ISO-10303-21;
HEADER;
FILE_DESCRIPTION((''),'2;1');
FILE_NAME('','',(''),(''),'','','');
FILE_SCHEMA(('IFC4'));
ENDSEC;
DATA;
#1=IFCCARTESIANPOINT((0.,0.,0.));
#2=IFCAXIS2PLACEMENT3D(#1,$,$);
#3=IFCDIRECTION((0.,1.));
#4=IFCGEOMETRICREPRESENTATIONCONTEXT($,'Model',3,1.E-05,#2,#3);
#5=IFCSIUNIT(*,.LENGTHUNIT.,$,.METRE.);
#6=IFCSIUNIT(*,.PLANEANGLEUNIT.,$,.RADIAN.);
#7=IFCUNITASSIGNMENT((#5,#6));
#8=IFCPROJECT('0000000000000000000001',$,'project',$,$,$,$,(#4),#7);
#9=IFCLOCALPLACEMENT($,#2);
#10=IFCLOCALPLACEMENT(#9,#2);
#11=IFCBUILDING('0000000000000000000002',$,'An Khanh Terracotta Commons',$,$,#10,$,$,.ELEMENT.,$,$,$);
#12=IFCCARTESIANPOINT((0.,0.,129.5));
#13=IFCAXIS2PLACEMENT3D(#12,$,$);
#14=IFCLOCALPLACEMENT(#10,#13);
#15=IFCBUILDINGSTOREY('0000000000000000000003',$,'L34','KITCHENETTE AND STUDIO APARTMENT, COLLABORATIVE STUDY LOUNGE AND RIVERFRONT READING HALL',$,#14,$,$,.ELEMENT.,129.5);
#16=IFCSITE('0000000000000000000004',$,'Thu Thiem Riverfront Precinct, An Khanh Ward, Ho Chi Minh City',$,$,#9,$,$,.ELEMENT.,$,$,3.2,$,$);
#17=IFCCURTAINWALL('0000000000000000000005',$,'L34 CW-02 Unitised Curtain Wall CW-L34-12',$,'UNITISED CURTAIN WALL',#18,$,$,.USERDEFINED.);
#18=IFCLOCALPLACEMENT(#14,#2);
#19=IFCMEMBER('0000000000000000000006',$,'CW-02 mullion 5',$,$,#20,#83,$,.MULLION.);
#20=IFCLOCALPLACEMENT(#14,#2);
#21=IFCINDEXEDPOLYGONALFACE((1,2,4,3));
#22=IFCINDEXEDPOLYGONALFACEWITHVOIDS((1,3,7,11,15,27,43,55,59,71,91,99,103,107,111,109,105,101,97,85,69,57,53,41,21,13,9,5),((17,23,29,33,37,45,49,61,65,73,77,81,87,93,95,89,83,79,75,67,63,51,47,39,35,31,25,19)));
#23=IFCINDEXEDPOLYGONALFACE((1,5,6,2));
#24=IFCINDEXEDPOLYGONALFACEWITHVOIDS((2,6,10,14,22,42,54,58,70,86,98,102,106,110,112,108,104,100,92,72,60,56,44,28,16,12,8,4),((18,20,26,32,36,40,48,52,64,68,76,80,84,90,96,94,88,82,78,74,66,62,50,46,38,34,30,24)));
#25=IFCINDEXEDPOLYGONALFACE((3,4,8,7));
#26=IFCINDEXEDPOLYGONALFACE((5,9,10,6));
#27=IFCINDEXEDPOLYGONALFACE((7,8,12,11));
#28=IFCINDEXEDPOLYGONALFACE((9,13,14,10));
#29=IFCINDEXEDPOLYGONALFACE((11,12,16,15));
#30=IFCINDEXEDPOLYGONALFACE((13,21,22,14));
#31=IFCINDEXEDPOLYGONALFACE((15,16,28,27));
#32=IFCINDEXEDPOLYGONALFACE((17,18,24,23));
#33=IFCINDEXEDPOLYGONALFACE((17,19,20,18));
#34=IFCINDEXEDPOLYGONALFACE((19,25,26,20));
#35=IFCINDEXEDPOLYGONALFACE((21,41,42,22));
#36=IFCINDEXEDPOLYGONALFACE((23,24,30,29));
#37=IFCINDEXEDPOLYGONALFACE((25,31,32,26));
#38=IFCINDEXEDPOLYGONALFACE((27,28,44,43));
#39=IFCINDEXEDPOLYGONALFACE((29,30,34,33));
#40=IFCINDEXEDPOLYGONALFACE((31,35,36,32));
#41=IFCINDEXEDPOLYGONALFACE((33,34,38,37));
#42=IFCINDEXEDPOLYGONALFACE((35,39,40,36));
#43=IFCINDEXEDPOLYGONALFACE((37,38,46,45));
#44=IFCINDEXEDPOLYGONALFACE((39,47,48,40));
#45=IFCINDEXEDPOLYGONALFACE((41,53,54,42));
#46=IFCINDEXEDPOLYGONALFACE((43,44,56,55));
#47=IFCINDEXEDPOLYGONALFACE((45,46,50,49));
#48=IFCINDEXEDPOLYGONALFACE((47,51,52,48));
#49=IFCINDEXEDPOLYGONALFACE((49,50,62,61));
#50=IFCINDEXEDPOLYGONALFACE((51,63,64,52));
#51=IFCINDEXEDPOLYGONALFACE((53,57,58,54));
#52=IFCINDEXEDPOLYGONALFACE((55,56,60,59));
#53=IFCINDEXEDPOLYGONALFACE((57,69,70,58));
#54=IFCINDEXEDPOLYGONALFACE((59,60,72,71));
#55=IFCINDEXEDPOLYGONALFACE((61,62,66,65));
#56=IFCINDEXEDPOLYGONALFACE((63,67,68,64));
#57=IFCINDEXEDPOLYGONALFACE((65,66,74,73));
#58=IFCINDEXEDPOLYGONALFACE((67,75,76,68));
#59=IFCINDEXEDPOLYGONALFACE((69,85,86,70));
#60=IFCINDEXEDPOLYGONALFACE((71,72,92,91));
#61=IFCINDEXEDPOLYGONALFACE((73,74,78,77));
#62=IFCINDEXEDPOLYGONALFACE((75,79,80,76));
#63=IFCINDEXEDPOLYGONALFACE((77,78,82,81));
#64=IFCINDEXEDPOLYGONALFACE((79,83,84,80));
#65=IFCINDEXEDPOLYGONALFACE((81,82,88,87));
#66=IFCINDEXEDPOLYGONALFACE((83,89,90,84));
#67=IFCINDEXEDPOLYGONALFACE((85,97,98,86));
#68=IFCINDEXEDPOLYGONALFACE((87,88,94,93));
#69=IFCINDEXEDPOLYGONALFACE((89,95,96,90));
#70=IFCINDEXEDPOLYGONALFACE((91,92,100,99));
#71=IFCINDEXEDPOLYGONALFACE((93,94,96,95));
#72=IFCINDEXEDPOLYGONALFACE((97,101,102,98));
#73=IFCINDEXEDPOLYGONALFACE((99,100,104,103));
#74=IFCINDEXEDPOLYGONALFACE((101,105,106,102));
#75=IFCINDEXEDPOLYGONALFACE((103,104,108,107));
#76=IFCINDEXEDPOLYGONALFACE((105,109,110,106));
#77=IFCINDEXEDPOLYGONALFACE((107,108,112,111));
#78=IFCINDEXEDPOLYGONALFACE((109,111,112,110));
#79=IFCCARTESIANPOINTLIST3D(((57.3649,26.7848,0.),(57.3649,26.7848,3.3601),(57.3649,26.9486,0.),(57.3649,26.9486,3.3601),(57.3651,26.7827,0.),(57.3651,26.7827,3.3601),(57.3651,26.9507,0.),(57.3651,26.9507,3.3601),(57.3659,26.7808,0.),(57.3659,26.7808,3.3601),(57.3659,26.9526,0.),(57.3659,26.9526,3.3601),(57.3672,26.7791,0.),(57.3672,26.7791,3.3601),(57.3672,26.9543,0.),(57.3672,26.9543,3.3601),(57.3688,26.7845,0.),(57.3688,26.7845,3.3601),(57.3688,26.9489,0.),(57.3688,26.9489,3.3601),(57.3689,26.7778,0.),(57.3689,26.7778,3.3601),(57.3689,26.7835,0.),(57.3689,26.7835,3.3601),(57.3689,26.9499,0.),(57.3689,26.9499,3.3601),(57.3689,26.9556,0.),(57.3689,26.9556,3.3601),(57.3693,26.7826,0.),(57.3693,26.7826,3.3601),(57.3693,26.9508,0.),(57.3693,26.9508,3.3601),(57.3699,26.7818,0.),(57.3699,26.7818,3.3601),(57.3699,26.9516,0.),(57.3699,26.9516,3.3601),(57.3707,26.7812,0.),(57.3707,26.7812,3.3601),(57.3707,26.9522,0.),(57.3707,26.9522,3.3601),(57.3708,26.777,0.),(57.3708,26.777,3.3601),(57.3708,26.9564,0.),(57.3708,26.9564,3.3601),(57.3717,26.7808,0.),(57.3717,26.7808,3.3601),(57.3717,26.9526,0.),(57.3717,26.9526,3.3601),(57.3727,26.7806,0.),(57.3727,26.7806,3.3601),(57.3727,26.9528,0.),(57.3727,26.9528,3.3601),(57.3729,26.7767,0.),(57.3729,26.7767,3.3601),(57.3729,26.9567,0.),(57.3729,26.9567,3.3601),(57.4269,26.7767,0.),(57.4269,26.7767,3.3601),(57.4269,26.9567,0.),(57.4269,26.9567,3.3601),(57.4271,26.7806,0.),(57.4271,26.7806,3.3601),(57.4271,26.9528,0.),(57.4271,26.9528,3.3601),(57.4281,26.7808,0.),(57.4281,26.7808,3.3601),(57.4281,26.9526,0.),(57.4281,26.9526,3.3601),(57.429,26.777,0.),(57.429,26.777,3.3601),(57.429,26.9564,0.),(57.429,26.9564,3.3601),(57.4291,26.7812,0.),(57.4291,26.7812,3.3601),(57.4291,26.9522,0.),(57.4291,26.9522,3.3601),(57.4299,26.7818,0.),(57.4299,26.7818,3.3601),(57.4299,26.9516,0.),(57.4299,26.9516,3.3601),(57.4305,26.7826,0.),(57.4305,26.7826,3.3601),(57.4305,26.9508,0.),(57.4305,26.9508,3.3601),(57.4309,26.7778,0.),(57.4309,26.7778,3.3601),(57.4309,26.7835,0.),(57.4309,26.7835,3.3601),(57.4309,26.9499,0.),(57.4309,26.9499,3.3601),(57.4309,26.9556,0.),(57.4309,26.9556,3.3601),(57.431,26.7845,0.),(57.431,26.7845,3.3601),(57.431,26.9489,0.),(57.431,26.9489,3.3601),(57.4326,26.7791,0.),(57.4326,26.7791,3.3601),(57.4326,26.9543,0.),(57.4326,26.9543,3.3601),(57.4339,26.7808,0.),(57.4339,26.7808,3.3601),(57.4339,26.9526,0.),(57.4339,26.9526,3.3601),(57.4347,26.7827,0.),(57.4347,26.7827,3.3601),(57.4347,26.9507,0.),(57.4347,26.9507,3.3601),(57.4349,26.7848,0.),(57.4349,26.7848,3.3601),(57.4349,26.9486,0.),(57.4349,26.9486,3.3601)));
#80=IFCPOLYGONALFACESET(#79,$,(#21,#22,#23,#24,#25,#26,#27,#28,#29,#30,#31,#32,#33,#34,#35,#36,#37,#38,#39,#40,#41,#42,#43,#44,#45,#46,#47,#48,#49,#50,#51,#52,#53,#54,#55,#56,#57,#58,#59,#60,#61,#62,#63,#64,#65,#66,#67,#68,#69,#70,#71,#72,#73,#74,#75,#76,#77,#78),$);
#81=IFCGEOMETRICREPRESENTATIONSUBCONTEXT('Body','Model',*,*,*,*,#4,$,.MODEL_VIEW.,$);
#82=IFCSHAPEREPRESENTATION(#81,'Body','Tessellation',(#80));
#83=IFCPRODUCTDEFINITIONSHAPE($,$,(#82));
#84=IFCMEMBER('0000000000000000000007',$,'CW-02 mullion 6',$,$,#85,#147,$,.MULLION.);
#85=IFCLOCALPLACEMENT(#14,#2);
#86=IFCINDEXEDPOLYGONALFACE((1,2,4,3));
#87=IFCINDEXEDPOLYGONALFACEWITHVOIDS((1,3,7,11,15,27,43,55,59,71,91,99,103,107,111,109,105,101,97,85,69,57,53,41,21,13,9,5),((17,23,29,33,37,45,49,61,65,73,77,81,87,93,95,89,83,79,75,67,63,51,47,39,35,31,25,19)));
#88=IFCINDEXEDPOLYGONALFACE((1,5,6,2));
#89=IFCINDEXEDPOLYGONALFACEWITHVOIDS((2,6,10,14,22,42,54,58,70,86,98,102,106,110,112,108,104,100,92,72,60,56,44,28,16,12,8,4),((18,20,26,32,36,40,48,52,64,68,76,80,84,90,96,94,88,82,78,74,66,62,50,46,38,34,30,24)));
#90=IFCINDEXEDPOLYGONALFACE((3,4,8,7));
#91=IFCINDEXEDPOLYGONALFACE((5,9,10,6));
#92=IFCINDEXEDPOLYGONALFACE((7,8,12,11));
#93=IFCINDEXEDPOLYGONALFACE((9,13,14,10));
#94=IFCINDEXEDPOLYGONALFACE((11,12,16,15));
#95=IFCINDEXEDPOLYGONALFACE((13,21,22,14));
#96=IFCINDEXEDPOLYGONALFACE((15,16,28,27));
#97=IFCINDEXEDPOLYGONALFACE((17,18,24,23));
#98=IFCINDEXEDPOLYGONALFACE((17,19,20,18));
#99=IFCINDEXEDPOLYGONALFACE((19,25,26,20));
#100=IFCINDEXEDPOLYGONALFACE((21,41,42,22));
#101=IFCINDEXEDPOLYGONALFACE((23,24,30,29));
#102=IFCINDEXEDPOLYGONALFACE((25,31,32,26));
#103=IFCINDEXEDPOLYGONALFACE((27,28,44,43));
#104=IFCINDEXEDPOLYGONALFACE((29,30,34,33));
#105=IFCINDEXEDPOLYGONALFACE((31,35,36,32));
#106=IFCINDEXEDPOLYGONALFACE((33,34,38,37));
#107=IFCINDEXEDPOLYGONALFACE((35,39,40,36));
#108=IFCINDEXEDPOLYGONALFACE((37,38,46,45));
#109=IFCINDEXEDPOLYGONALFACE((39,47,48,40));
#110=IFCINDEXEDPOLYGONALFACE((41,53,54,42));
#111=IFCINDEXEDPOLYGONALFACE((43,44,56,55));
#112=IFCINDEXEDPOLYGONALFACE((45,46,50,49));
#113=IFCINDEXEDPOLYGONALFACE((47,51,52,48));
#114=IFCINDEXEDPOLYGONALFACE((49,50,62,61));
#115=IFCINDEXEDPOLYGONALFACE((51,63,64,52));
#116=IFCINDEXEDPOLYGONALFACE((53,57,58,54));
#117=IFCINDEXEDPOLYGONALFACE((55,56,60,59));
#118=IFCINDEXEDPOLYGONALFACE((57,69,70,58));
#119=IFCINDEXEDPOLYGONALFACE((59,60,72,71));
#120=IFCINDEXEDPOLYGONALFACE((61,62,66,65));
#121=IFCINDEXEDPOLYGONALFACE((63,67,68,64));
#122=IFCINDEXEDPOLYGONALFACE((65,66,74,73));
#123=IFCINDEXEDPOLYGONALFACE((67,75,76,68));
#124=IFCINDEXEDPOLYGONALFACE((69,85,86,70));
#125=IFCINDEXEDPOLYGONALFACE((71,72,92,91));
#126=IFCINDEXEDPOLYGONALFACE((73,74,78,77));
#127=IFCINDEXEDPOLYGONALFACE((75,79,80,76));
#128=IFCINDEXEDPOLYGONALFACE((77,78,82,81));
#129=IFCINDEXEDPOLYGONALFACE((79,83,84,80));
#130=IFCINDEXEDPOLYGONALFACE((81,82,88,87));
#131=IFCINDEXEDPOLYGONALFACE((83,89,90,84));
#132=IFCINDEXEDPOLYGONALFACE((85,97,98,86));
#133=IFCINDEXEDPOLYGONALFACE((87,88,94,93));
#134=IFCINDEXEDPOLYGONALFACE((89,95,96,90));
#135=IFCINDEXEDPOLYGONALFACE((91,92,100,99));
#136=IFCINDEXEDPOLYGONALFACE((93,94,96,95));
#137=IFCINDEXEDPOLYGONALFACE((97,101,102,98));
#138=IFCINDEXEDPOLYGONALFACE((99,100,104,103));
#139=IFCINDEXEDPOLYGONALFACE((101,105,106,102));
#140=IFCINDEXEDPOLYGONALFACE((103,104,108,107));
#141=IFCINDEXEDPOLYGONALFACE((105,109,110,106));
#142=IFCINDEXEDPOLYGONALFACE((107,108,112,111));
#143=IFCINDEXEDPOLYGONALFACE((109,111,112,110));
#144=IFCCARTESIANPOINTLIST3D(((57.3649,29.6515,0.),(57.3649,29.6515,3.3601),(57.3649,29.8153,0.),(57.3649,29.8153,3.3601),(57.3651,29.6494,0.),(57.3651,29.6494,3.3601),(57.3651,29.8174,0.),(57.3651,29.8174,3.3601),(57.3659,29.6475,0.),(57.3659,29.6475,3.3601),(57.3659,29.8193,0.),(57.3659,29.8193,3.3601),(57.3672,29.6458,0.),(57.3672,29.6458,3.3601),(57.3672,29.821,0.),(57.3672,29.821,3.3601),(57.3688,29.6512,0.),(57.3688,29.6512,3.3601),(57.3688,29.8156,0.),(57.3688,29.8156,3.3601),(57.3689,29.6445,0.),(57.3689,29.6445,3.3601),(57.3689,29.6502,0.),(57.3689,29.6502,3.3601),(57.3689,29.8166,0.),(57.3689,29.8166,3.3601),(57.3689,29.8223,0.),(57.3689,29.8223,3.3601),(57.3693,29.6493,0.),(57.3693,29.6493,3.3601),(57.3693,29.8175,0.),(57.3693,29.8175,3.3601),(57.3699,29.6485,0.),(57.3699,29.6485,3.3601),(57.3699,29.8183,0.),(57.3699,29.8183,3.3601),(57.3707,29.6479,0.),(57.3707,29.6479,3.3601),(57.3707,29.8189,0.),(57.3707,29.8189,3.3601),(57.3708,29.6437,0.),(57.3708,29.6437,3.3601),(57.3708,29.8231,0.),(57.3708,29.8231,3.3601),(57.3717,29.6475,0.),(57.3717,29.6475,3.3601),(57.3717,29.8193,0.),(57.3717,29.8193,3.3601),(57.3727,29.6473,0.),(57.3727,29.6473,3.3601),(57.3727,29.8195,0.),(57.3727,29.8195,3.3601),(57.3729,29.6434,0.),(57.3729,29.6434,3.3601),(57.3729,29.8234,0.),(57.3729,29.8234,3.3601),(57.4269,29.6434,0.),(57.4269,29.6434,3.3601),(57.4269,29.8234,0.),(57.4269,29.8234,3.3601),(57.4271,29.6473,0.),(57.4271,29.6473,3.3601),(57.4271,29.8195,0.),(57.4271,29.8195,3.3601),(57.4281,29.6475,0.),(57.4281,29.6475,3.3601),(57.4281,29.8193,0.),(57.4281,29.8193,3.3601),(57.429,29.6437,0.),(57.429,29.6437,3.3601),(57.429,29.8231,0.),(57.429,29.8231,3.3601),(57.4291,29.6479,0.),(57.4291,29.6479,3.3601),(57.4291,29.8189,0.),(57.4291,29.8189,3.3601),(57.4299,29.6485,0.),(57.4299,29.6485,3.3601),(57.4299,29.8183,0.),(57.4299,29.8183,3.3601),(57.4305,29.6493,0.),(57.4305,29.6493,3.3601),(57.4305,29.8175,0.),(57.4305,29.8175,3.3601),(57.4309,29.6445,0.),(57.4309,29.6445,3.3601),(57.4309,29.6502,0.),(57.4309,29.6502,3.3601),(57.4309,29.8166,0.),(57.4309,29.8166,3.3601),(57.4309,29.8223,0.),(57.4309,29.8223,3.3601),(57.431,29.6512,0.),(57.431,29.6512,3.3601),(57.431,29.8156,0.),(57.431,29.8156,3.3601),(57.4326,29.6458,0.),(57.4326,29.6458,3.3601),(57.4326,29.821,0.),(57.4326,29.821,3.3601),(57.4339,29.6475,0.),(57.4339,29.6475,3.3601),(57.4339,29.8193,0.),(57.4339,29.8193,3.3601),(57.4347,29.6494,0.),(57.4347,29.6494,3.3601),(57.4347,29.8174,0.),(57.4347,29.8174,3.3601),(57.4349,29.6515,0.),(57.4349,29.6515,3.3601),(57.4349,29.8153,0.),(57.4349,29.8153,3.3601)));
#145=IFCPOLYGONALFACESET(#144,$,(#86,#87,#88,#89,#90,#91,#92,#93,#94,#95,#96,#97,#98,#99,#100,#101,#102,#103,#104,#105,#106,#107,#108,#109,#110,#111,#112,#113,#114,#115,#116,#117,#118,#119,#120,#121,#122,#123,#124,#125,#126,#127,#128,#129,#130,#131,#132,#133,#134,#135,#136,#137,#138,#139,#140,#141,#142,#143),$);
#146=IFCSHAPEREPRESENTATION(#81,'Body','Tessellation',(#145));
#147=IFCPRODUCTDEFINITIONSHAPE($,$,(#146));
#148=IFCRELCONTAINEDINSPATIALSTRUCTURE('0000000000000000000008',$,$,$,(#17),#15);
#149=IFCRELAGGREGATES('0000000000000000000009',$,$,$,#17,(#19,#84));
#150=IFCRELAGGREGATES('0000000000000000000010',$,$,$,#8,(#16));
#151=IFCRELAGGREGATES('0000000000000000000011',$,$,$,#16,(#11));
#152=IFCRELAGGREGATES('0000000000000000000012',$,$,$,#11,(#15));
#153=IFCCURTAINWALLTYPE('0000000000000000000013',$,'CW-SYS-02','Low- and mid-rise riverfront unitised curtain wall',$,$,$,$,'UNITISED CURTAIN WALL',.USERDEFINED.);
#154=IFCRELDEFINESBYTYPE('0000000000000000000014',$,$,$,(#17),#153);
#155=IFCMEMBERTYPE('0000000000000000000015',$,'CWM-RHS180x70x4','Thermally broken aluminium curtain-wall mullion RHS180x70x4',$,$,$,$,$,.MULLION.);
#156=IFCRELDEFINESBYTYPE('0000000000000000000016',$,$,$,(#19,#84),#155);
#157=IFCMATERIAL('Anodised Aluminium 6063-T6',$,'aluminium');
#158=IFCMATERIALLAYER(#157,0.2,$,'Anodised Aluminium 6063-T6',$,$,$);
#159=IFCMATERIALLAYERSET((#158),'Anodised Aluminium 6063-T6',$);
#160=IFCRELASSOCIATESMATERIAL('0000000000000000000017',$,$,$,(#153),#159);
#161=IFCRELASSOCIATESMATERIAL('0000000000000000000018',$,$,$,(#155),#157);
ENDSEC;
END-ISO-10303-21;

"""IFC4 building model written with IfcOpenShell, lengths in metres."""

from ifc_helpers import new_model, si_unit, direction, frame, origin, origin_2d, place, context, subcontext, project, spatial, hollow_rectangle, extrude, material, layer, layer_set, material_profile, profile_set, type_object, element, aggregate, save


model = new_model("IFC4")

# Units and contexts
model_context = context("Model", 3, precision=1e-05, world=origin(), true_north=direction((0.0, 1.0)))
body_context = subcontext(model_context, "Body", "Model", "MODEL_VIEW")
ifc_project = project(units=[si_unit("LENGTHUNIT", "METRE"), si_unit("PLANEANGLEUNIT", "RADIAN")], contexts=[model_context])

# Site, building, storey
site_placement = place(None, origin())
site = spatial("IfcSite", under=ifc_project, at=site_placement, Name="Thu Thiem Riverfront Precinct, An Khanh Ward, Ho Chi Minh City", CompositionType="ELEMENT", RefElevation=3.2)
building_placement = place(site_placement, origin())
building = spatial("IfcBuilding", under=site, at=building_placement, Name="An Khanh Terracotta Commons", CompositionType="ELEMENT")
storey_placement = place(building_placement, frame((0.0, 0.0, 129.5)))
storey = spatial("IfcBuildingStorey", under=building, at=storey_placement, Name="L34", Description="KITCHENETTE AND STUDIO APARTMENT, COLLABORATIVE STUDY LOUNGE AND RIVERFRONT READING HALL", CompositionType="ELEMENT", Elevation=129.5)

# Curtain wall, members
ifc_material_1 = material(Name="Anodised Aluminium 6063-T6", Category="aluminium")
ifc_layer_1 = layer(ifc_material_1, 0.2, Name="Anodised Aluminium 6063-T6")
ifc_layer_set_1 = layer_set([ifc_layer_1], Name="Anodised Aluminium 6063-T6")
curtain_wall_type = type_object("IfcCurtainWallType", Name="CW-SYS-02", Description="Low- and mid-rise riverfront unitised curtain wall", ElementType="UNITISED CURTAIN WALL", PredefinedType="USERDEFINED", material=ifc_layer_set_1)
curtain_wall_placement = place(storey_placement, origin())
curtain_wall = element("IfcCurtainWall", 1, at=curtain_wall_placement, inside=storey, type_object=curtain_wall_type, Name="L34 CW-02 Unitised Curtain Wall CW-L34-12", ObjectType="UNITISED CURTAIN WALL", PredefinedType="USERDEFINED")
ifc_material_profile_1 = material_profile(ifc_material_1, hollow_rectangle(XDim=0.0701, YDim=0.1799, WallThickness=0.0039, InnerFilletRadius=0.0039, OuterFilletRadius=0.0081, at=origin_2d()), Name="RHS180x70x4")
ifc_profile_set_1 = profile_set([ifc_material_profile_1], Name="Anodised Aluminium 6063-T6")
member_type_1 = type_object("IfcMemberType", Name="CWM-RHS180x70x4", Description="Thermally broken aluminium curtain-wall mullion RHS180x70x4", PredefinedType="MULLION", material=ifc_profile_set_1)
member_1_placement = place(storey_placement, frame((57.3999, 26.8667, 0.0), z_axis=(0.0, 0.0, 1.0), x_axis=(-1.0, 0.0, 0.0)))
member_1 = element("IfcMember", 2, at=member_1_placement, type_object=member_type_1, Name="CW-02 mullion 5", PredefinedType="MULLION", context=body_context, shape_type="SweptSolid", body=[
    extrude(hollow_rectangle(XDim=0.0701, YDim=0.1799, WallThickness=0.0039, InnerFilletRadius=0.0039, OuterFilletRadius=0.0081, at=origin_2d()), origin(), (0.0, 0.0, 1.0), 3.3601),
])
member_2_placement = place(storey_placement, frame((57.3999, 29.7334, 0.0), z_axis=(0.0, 0.0, 1.0), x_axis=(-1.0, 0.0, 0.0)))
member_2 = element("IfcMember", 3, at=member_2_placement, type_object=member_type_1, Name="CW-02 mullion 6", PredefinedType="MULLION", context=body_context, shape_type="SweptSolid", body=[
    extrude(hollow_rectangle(XDim=0.0701, YDim=0.1799, WallThickness=0.0039, InnerFilletRadius=0.0039, OuterFilletRadius=0.0081, at=origin_2d()), origin(), (0.0, 0.0, 1.0), 3.3601),
])
aggregate(curtain_wall, [member_1, member_2])

save(model, "model.ifc")
